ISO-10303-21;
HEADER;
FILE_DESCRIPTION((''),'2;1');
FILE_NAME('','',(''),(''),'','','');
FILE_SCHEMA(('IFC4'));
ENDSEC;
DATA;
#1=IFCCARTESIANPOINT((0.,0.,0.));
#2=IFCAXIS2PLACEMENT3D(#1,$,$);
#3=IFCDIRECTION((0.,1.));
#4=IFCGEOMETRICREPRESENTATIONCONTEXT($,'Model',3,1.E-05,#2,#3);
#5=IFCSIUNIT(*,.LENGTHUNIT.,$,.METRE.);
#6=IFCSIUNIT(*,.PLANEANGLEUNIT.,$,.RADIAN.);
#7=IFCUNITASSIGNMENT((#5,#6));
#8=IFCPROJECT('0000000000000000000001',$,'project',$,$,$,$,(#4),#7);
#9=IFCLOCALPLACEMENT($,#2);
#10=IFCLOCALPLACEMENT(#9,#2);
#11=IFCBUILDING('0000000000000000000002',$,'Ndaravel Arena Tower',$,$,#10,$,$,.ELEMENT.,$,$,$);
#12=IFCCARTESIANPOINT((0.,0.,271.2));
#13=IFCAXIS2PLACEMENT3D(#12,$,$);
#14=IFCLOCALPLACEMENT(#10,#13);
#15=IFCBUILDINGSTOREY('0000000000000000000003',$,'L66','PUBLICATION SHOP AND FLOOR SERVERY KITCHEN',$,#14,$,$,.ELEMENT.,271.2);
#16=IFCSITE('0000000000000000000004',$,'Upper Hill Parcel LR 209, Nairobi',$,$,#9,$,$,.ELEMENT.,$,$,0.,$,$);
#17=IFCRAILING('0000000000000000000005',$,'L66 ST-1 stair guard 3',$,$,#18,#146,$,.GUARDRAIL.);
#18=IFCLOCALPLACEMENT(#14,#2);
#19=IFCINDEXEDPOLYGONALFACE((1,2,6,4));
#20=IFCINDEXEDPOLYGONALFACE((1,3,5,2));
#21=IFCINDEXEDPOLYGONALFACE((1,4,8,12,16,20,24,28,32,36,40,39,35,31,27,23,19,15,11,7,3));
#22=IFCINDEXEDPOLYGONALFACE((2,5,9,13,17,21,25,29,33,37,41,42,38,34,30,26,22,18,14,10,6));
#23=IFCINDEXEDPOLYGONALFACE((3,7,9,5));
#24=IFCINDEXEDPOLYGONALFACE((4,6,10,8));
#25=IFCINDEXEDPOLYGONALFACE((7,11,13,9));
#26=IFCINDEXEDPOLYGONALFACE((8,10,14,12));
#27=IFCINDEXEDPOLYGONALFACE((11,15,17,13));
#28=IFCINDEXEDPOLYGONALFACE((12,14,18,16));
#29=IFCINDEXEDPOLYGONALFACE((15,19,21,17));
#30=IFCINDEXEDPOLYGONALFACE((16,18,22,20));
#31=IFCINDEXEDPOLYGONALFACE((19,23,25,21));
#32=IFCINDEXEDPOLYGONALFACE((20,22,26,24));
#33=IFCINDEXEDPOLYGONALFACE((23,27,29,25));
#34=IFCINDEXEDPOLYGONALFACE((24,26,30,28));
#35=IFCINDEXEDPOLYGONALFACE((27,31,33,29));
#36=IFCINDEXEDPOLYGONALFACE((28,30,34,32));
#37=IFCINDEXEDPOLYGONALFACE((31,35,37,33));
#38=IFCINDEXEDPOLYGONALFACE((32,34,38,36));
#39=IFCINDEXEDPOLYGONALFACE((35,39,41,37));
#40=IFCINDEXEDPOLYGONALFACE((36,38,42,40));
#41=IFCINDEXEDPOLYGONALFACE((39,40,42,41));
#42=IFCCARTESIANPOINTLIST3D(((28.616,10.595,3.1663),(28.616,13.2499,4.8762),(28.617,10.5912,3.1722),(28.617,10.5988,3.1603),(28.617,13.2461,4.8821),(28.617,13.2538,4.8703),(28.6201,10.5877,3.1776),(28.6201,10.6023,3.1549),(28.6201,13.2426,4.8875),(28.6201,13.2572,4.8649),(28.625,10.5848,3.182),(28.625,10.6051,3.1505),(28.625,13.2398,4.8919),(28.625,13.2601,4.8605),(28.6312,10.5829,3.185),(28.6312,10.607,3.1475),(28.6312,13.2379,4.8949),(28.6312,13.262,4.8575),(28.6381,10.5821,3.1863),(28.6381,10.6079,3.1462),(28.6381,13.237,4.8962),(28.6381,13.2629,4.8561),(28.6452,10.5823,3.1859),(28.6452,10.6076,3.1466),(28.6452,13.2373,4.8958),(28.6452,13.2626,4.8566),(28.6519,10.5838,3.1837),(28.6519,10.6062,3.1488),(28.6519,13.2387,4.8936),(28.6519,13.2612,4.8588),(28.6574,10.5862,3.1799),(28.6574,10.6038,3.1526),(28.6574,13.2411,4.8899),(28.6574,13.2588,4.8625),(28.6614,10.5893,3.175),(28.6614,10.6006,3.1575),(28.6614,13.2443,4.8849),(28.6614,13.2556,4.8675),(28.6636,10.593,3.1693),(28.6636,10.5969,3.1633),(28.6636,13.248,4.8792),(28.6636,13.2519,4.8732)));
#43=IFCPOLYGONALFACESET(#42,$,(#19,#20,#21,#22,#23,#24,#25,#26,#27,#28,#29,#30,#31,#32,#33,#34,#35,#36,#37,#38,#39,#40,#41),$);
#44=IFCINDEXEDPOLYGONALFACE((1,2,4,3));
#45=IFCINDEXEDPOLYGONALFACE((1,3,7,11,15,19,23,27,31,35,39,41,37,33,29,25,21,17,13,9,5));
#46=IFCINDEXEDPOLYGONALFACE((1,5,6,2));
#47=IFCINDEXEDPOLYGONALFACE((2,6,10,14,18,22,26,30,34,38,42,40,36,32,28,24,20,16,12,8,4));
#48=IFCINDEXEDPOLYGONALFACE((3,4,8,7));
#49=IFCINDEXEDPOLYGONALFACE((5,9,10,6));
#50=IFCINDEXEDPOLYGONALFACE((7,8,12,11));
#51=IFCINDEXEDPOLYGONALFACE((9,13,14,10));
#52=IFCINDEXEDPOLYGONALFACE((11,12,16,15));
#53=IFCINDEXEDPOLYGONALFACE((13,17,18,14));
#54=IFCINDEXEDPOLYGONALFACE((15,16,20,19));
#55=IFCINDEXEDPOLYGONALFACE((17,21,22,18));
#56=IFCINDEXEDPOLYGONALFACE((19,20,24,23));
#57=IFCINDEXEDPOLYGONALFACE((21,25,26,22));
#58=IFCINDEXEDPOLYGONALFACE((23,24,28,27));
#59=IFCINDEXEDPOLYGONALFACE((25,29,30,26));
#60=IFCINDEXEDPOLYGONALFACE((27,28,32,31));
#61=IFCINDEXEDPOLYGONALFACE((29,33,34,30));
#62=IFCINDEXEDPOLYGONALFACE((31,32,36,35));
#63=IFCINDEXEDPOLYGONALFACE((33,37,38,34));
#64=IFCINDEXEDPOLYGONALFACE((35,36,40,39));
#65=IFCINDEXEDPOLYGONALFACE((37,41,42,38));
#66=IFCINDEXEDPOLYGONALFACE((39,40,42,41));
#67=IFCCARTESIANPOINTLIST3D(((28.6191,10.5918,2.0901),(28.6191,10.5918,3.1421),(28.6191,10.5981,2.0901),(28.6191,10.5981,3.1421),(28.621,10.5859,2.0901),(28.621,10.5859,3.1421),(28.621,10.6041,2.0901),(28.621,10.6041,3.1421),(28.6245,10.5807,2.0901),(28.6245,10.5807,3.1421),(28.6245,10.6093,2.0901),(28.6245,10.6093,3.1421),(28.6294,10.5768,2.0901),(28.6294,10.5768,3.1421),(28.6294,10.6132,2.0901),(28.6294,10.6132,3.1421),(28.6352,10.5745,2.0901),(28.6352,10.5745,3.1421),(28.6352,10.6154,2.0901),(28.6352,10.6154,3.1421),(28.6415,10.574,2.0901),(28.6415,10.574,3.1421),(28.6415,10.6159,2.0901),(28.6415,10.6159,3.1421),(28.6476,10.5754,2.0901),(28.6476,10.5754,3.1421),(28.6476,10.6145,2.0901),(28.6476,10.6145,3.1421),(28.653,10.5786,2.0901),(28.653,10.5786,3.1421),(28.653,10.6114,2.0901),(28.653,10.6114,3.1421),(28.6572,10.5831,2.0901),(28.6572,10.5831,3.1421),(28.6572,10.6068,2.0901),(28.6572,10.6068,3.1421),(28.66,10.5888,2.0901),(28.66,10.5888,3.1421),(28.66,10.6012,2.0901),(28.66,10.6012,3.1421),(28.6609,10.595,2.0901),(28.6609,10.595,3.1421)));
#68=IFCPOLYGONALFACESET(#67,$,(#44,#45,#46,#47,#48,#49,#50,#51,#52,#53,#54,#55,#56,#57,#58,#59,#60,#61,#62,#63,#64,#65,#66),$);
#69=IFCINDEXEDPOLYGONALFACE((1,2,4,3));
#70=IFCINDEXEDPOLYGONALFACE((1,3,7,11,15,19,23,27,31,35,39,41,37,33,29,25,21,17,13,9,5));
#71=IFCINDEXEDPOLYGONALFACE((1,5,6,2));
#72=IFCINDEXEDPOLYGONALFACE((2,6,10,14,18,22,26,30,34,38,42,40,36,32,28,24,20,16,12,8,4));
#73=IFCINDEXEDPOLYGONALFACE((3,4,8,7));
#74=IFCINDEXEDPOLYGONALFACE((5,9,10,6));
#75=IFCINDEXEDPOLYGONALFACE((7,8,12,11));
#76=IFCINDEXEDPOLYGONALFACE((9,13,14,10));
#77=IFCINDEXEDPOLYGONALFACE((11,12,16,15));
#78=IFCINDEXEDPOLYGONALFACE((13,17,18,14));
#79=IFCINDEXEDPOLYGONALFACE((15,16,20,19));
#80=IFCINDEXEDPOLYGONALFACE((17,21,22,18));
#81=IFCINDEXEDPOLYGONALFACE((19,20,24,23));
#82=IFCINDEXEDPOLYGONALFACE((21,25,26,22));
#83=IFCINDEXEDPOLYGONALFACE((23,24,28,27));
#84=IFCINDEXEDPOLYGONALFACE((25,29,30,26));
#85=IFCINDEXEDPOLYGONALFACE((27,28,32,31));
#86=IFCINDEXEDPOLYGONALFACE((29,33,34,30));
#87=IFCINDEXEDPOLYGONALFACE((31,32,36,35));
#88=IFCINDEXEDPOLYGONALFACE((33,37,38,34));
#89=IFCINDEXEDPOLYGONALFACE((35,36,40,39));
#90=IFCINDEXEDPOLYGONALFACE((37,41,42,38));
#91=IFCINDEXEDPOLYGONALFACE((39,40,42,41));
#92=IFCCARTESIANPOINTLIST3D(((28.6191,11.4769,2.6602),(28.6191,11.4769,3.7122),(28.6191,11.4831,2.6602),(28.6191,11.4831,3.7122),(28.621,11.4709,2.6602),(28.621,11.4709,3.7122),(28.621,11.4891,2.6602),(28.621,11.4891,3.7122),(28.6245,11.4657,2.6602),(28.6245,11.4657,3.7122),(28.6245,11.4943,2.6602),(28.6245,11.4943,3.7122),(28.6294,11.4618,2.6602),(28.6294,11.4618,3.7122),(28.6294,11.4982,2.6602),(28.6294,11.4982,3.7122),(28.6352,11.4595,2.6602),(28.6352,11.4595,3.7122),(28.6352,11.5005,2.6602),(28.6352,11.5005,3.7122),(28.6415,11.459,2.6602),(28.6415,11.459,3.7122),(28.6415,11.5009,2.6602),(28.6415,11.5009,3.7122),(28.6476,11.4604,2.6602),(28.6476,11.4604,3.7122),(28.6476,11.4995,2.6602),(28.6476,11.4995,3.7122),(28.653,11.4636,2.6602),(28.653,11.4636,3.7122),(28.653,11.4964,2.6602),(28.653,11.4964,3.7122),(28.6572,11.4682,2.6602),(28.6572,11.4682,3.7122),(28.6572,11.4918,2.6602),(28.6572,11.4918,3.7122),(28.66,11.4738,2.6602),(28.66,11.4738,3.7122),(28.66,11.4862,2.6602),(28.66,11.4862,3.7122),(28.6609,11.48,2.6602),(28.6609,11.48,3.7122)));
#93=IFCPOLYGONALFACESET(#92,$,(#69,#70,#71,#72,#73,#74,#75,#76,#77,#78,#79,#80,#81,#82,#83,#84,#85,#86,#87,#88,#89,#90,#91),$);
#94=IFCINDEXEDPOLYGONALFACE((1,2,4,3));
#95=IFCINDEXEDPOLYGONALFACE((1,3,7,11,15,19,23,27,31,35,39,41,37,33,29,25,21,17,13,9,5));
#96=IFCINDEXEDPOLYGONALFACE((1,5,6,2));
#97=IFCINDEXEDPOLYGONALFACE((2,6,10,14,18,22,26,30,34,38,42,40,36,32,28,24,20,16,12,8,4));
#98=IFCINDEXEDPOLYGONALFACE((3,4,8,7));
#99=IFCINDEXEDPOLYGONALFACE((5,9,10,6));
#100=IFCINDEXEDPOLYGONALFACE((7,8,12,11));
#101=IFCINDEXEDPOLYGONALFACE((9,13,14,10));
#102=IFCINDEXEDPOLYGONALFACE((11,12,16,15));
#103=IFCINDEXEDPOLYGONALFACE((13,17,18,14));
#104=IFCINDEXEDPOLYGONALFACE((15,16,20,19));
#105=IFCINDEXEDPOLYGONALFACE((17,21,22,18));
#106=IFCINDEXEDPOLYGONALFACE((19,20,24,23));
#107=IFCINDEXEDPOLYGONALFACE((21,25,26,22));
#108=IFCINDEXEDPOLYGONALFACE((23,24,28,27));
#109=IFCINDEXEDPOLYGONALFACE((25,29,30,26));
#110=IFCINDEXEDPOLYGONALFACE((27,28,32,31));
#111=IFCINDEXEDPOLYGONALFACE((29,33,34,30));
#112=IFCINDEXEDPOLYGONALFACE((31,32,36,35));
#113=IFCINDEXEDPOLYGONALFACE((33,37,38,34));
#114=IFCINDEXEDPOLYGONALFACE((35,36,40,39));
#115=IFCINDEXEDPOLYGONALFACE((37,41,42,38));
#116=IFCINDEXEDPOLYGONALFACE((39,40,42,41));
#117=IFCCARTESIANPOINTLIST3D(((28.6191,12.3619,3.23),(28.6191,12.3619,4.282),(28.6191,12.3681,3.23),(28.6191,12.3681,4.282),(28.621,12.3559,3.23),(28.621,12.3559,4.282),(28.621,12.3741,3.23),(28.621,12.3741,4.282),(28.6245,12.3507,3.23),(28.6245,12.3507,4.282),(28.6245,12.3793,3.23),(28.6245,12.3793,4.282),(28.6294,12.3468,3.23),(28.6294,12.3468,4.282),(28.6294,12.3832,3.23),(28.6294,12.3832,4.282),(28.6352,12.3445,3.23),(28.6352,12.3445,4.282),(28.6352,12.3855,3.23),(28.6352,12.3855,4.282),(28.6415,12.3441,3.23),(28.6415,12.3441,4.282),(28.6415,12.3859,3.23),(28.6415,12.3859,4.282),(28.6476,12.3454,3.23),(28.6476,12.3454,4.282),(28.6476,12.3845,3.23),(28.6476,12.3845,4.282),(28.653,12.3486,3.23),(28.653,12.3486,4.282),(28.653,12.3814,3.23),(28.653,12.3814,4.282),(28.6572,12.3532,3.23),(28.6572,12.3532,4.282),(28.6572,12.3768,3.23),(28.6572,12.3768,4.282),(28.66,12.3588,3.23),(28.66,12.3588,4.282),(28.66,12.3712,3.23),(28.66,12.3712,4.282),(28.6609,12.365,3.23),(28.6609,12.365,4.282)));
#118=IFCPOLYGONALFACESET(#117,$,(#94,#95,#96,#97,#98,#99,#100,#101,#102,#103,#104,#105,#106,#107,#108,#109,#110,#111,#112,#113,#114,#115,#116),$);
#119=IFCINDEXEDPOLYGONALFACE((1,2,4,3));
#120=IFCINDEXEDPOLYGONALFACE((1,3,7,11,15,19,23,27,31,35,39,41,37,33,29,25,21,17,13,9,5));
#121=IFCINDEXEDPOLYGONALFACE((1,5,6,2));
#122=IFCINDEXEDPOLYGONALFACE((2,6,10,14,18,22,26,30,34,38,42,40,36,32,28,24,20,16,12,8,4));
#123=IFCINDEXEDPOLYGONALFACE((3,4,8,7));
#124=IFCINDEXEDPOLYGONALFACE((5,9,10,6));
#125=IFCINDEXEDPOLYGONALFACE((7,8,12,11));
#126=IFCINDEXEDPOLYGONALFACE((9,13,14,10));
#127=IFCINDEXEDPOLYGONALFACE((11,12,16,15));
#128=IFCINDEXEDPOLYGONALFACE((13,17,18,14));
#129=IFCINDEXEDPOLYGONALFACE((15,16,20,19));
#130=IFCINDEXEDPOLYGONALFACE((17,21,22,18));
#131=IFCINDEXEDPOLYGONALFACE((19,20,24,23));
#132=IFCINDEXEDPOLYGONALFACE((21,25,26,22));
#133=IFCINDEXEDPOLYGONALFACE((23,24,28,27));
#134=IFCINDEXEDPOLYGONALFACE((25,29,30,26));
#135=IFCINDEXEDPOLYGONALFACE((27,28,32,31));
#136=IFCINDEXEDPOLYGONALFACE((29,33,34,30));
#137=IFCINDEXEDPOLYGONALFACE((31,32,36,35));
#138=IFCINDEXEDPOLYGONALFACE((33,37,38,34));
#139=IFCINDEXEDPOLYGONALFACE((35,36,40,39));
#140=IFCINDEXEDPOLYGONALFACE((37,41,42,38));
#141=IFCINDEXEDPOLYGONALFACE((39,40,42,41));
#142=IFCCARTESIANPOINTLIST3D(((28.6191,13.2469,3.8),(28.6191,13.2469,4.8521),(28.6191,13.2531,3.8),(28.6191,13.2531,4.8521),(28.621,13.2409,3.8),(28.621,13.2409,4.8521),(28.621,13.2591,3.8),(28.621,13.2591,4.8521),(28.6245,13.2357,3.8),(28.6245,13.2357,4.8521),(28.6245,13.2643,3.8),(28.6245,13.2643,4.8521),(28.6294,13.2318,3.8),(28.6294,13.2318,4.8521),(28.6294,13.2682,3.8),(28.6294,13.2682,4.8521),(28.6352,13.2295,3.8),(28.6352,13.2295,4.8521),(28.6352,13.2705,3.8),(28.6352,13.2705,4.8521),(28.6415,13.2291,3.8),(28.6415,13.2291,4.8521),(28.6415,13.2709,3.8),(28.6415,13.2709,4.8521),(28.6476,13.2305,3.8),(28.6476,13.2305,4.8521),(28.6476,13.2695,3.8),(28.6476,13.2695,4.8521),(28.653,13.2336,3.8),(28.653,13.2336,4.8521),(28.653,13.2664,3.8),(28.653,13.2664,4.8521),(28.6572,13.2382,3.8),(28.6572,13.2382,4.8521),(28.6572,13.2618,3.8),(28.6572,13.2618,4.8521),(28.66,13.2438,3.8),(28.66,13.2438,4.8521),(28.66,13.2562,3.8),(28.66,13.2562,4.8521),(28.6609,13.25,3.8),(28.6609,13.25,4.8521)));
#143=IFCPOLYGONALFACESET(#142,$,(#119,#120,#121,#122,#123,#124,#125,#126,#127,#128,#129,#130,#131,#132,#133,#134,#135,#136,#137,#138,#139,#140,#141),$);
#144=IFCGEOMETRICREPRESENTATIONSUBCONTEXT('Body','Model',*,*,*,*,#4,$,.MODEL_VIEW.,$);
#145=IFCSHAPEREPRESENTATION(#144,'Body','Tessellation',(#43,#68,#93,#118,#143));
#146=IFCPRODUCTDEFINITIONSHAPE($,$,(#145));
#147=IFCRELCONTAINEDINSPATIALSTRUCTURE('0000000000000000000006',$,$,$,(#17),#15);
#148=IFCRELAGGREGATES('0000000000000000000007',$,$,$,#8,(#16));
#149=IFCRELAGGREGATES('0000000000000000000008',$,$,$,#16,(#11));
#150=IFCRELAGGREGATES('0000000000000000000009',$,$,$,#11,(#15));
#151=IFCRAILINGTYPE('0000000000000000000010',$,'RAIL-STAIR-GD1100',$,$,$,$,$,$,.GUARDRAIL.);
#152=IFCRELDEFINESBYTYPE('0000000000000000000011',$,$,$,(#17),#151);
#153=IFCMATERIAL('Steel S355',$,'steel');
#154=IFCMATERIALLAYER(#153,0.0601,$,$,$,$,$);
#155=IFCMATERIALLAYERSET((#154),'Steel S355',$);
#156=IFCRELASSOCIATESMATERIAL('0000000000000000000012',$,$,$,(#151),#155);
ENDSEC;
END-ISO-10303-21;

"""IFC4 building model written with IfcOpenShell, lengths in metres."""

from ifc_helpers import new_model, si_unit, direction, frame, origin, origin_2d, place, context, subcontext, project, spatial, circle, extrude, material, layer, layer_set, type_object, element, save


model = new_model("IFC4")

# Units and contexts
model_context = context("Model", 3, precision=1e-05, world=origin(), true_north=direction((0.0, 1.0)))
body_context = subcontext(model_context, "Body", "Model", "MODEL_VIEW")
ifc_project = project(units=[si_unit("LENGTHUNIT", "METRE"), si_unit("PLANEANGLEUNIT", "RADIAN")], contexts=[model_context])

# Site, building, storey
site_placement = place(None, origin())
site = spatial("IfcSite", under=ifc_project, at=site_placement, Name="Upper Hill Parcel LR 209, Nairobi", CompositionType="ELEMENT", RefElevation=0.0)
building_placement = place(site_placement, origin())
building = spatial("IfcBuilding", under=site, at=building_placement, Name="Ndaravel Arena Tower", CompositionType="ELEMENT")
storey_placement = place(building_placement, frame((0.0, 0.0, 271.2)))
storey = spatial("IfcBuildingStorey", under=building, at=storey_placement, Name="L66", Description="PUBLICATION SHOP AND FLOOR SERVERY KITCHEN", CompositionType="ELEMENT", Elevation=271.2)

# Railing
ifc_material_1 = material(Name="Steel S355", Category="steel")
ifc_layer_1 = layer(ifc_material_1, 0.0601)
ifc_layer_set_1 = layer_set([ifc_layer_1], Name="Steel S355")
railing_type_1 = type_object("IfcRailingType", Name="RAIL-STAIR-GD1100", PredefinedType="GUARDRAIL", material=ifc_layer_set_1)
railing_1_placement = place(storey_placement, frame((28.6399, 10.595, 2.0901)))
element("IfcRailing", 1, at=railing_1_placement, inside=storey, type_object=railing_type_1, Name="L66 ST-1 stair guard 3", PredefinedType="GUARDRAIL", context=body_context, shape_type="SweptSolid", body=[
    extrude(circle(Radius=0.0239, at=origin_2d()), frame((0.0, 0.0, 1.0762), z_axis=(0.0, 0.840724, 0.541465), x_axis=(-1.0, 0.0, 0.0)), (0.0, 0.0, 1.0), 3.158),
    extrude(circle(Radius=0.021, at=origin_2d()), origin(), (0.0, 0.0, 1.0), 1.052),
    extrude(circle(Radius=0.021, at=origin_2d()), frame((0.0, 0.885, 0.5701)), (0.0, 0.0, 1.0), 1.052),
    extrude(circle(Radius=0.021, at=origin_2d()), frame((0.0, 1.77, 1.1399)), (0.0, 0.0, 1.0), 1.052),
    extrude(circle(Radius=0.021, at=origin_2d()), frame((0.0, 2.655, 1.71)), (0.0, 0.0, 1.0), 1.052),
])

save(model, "model.ifc")
